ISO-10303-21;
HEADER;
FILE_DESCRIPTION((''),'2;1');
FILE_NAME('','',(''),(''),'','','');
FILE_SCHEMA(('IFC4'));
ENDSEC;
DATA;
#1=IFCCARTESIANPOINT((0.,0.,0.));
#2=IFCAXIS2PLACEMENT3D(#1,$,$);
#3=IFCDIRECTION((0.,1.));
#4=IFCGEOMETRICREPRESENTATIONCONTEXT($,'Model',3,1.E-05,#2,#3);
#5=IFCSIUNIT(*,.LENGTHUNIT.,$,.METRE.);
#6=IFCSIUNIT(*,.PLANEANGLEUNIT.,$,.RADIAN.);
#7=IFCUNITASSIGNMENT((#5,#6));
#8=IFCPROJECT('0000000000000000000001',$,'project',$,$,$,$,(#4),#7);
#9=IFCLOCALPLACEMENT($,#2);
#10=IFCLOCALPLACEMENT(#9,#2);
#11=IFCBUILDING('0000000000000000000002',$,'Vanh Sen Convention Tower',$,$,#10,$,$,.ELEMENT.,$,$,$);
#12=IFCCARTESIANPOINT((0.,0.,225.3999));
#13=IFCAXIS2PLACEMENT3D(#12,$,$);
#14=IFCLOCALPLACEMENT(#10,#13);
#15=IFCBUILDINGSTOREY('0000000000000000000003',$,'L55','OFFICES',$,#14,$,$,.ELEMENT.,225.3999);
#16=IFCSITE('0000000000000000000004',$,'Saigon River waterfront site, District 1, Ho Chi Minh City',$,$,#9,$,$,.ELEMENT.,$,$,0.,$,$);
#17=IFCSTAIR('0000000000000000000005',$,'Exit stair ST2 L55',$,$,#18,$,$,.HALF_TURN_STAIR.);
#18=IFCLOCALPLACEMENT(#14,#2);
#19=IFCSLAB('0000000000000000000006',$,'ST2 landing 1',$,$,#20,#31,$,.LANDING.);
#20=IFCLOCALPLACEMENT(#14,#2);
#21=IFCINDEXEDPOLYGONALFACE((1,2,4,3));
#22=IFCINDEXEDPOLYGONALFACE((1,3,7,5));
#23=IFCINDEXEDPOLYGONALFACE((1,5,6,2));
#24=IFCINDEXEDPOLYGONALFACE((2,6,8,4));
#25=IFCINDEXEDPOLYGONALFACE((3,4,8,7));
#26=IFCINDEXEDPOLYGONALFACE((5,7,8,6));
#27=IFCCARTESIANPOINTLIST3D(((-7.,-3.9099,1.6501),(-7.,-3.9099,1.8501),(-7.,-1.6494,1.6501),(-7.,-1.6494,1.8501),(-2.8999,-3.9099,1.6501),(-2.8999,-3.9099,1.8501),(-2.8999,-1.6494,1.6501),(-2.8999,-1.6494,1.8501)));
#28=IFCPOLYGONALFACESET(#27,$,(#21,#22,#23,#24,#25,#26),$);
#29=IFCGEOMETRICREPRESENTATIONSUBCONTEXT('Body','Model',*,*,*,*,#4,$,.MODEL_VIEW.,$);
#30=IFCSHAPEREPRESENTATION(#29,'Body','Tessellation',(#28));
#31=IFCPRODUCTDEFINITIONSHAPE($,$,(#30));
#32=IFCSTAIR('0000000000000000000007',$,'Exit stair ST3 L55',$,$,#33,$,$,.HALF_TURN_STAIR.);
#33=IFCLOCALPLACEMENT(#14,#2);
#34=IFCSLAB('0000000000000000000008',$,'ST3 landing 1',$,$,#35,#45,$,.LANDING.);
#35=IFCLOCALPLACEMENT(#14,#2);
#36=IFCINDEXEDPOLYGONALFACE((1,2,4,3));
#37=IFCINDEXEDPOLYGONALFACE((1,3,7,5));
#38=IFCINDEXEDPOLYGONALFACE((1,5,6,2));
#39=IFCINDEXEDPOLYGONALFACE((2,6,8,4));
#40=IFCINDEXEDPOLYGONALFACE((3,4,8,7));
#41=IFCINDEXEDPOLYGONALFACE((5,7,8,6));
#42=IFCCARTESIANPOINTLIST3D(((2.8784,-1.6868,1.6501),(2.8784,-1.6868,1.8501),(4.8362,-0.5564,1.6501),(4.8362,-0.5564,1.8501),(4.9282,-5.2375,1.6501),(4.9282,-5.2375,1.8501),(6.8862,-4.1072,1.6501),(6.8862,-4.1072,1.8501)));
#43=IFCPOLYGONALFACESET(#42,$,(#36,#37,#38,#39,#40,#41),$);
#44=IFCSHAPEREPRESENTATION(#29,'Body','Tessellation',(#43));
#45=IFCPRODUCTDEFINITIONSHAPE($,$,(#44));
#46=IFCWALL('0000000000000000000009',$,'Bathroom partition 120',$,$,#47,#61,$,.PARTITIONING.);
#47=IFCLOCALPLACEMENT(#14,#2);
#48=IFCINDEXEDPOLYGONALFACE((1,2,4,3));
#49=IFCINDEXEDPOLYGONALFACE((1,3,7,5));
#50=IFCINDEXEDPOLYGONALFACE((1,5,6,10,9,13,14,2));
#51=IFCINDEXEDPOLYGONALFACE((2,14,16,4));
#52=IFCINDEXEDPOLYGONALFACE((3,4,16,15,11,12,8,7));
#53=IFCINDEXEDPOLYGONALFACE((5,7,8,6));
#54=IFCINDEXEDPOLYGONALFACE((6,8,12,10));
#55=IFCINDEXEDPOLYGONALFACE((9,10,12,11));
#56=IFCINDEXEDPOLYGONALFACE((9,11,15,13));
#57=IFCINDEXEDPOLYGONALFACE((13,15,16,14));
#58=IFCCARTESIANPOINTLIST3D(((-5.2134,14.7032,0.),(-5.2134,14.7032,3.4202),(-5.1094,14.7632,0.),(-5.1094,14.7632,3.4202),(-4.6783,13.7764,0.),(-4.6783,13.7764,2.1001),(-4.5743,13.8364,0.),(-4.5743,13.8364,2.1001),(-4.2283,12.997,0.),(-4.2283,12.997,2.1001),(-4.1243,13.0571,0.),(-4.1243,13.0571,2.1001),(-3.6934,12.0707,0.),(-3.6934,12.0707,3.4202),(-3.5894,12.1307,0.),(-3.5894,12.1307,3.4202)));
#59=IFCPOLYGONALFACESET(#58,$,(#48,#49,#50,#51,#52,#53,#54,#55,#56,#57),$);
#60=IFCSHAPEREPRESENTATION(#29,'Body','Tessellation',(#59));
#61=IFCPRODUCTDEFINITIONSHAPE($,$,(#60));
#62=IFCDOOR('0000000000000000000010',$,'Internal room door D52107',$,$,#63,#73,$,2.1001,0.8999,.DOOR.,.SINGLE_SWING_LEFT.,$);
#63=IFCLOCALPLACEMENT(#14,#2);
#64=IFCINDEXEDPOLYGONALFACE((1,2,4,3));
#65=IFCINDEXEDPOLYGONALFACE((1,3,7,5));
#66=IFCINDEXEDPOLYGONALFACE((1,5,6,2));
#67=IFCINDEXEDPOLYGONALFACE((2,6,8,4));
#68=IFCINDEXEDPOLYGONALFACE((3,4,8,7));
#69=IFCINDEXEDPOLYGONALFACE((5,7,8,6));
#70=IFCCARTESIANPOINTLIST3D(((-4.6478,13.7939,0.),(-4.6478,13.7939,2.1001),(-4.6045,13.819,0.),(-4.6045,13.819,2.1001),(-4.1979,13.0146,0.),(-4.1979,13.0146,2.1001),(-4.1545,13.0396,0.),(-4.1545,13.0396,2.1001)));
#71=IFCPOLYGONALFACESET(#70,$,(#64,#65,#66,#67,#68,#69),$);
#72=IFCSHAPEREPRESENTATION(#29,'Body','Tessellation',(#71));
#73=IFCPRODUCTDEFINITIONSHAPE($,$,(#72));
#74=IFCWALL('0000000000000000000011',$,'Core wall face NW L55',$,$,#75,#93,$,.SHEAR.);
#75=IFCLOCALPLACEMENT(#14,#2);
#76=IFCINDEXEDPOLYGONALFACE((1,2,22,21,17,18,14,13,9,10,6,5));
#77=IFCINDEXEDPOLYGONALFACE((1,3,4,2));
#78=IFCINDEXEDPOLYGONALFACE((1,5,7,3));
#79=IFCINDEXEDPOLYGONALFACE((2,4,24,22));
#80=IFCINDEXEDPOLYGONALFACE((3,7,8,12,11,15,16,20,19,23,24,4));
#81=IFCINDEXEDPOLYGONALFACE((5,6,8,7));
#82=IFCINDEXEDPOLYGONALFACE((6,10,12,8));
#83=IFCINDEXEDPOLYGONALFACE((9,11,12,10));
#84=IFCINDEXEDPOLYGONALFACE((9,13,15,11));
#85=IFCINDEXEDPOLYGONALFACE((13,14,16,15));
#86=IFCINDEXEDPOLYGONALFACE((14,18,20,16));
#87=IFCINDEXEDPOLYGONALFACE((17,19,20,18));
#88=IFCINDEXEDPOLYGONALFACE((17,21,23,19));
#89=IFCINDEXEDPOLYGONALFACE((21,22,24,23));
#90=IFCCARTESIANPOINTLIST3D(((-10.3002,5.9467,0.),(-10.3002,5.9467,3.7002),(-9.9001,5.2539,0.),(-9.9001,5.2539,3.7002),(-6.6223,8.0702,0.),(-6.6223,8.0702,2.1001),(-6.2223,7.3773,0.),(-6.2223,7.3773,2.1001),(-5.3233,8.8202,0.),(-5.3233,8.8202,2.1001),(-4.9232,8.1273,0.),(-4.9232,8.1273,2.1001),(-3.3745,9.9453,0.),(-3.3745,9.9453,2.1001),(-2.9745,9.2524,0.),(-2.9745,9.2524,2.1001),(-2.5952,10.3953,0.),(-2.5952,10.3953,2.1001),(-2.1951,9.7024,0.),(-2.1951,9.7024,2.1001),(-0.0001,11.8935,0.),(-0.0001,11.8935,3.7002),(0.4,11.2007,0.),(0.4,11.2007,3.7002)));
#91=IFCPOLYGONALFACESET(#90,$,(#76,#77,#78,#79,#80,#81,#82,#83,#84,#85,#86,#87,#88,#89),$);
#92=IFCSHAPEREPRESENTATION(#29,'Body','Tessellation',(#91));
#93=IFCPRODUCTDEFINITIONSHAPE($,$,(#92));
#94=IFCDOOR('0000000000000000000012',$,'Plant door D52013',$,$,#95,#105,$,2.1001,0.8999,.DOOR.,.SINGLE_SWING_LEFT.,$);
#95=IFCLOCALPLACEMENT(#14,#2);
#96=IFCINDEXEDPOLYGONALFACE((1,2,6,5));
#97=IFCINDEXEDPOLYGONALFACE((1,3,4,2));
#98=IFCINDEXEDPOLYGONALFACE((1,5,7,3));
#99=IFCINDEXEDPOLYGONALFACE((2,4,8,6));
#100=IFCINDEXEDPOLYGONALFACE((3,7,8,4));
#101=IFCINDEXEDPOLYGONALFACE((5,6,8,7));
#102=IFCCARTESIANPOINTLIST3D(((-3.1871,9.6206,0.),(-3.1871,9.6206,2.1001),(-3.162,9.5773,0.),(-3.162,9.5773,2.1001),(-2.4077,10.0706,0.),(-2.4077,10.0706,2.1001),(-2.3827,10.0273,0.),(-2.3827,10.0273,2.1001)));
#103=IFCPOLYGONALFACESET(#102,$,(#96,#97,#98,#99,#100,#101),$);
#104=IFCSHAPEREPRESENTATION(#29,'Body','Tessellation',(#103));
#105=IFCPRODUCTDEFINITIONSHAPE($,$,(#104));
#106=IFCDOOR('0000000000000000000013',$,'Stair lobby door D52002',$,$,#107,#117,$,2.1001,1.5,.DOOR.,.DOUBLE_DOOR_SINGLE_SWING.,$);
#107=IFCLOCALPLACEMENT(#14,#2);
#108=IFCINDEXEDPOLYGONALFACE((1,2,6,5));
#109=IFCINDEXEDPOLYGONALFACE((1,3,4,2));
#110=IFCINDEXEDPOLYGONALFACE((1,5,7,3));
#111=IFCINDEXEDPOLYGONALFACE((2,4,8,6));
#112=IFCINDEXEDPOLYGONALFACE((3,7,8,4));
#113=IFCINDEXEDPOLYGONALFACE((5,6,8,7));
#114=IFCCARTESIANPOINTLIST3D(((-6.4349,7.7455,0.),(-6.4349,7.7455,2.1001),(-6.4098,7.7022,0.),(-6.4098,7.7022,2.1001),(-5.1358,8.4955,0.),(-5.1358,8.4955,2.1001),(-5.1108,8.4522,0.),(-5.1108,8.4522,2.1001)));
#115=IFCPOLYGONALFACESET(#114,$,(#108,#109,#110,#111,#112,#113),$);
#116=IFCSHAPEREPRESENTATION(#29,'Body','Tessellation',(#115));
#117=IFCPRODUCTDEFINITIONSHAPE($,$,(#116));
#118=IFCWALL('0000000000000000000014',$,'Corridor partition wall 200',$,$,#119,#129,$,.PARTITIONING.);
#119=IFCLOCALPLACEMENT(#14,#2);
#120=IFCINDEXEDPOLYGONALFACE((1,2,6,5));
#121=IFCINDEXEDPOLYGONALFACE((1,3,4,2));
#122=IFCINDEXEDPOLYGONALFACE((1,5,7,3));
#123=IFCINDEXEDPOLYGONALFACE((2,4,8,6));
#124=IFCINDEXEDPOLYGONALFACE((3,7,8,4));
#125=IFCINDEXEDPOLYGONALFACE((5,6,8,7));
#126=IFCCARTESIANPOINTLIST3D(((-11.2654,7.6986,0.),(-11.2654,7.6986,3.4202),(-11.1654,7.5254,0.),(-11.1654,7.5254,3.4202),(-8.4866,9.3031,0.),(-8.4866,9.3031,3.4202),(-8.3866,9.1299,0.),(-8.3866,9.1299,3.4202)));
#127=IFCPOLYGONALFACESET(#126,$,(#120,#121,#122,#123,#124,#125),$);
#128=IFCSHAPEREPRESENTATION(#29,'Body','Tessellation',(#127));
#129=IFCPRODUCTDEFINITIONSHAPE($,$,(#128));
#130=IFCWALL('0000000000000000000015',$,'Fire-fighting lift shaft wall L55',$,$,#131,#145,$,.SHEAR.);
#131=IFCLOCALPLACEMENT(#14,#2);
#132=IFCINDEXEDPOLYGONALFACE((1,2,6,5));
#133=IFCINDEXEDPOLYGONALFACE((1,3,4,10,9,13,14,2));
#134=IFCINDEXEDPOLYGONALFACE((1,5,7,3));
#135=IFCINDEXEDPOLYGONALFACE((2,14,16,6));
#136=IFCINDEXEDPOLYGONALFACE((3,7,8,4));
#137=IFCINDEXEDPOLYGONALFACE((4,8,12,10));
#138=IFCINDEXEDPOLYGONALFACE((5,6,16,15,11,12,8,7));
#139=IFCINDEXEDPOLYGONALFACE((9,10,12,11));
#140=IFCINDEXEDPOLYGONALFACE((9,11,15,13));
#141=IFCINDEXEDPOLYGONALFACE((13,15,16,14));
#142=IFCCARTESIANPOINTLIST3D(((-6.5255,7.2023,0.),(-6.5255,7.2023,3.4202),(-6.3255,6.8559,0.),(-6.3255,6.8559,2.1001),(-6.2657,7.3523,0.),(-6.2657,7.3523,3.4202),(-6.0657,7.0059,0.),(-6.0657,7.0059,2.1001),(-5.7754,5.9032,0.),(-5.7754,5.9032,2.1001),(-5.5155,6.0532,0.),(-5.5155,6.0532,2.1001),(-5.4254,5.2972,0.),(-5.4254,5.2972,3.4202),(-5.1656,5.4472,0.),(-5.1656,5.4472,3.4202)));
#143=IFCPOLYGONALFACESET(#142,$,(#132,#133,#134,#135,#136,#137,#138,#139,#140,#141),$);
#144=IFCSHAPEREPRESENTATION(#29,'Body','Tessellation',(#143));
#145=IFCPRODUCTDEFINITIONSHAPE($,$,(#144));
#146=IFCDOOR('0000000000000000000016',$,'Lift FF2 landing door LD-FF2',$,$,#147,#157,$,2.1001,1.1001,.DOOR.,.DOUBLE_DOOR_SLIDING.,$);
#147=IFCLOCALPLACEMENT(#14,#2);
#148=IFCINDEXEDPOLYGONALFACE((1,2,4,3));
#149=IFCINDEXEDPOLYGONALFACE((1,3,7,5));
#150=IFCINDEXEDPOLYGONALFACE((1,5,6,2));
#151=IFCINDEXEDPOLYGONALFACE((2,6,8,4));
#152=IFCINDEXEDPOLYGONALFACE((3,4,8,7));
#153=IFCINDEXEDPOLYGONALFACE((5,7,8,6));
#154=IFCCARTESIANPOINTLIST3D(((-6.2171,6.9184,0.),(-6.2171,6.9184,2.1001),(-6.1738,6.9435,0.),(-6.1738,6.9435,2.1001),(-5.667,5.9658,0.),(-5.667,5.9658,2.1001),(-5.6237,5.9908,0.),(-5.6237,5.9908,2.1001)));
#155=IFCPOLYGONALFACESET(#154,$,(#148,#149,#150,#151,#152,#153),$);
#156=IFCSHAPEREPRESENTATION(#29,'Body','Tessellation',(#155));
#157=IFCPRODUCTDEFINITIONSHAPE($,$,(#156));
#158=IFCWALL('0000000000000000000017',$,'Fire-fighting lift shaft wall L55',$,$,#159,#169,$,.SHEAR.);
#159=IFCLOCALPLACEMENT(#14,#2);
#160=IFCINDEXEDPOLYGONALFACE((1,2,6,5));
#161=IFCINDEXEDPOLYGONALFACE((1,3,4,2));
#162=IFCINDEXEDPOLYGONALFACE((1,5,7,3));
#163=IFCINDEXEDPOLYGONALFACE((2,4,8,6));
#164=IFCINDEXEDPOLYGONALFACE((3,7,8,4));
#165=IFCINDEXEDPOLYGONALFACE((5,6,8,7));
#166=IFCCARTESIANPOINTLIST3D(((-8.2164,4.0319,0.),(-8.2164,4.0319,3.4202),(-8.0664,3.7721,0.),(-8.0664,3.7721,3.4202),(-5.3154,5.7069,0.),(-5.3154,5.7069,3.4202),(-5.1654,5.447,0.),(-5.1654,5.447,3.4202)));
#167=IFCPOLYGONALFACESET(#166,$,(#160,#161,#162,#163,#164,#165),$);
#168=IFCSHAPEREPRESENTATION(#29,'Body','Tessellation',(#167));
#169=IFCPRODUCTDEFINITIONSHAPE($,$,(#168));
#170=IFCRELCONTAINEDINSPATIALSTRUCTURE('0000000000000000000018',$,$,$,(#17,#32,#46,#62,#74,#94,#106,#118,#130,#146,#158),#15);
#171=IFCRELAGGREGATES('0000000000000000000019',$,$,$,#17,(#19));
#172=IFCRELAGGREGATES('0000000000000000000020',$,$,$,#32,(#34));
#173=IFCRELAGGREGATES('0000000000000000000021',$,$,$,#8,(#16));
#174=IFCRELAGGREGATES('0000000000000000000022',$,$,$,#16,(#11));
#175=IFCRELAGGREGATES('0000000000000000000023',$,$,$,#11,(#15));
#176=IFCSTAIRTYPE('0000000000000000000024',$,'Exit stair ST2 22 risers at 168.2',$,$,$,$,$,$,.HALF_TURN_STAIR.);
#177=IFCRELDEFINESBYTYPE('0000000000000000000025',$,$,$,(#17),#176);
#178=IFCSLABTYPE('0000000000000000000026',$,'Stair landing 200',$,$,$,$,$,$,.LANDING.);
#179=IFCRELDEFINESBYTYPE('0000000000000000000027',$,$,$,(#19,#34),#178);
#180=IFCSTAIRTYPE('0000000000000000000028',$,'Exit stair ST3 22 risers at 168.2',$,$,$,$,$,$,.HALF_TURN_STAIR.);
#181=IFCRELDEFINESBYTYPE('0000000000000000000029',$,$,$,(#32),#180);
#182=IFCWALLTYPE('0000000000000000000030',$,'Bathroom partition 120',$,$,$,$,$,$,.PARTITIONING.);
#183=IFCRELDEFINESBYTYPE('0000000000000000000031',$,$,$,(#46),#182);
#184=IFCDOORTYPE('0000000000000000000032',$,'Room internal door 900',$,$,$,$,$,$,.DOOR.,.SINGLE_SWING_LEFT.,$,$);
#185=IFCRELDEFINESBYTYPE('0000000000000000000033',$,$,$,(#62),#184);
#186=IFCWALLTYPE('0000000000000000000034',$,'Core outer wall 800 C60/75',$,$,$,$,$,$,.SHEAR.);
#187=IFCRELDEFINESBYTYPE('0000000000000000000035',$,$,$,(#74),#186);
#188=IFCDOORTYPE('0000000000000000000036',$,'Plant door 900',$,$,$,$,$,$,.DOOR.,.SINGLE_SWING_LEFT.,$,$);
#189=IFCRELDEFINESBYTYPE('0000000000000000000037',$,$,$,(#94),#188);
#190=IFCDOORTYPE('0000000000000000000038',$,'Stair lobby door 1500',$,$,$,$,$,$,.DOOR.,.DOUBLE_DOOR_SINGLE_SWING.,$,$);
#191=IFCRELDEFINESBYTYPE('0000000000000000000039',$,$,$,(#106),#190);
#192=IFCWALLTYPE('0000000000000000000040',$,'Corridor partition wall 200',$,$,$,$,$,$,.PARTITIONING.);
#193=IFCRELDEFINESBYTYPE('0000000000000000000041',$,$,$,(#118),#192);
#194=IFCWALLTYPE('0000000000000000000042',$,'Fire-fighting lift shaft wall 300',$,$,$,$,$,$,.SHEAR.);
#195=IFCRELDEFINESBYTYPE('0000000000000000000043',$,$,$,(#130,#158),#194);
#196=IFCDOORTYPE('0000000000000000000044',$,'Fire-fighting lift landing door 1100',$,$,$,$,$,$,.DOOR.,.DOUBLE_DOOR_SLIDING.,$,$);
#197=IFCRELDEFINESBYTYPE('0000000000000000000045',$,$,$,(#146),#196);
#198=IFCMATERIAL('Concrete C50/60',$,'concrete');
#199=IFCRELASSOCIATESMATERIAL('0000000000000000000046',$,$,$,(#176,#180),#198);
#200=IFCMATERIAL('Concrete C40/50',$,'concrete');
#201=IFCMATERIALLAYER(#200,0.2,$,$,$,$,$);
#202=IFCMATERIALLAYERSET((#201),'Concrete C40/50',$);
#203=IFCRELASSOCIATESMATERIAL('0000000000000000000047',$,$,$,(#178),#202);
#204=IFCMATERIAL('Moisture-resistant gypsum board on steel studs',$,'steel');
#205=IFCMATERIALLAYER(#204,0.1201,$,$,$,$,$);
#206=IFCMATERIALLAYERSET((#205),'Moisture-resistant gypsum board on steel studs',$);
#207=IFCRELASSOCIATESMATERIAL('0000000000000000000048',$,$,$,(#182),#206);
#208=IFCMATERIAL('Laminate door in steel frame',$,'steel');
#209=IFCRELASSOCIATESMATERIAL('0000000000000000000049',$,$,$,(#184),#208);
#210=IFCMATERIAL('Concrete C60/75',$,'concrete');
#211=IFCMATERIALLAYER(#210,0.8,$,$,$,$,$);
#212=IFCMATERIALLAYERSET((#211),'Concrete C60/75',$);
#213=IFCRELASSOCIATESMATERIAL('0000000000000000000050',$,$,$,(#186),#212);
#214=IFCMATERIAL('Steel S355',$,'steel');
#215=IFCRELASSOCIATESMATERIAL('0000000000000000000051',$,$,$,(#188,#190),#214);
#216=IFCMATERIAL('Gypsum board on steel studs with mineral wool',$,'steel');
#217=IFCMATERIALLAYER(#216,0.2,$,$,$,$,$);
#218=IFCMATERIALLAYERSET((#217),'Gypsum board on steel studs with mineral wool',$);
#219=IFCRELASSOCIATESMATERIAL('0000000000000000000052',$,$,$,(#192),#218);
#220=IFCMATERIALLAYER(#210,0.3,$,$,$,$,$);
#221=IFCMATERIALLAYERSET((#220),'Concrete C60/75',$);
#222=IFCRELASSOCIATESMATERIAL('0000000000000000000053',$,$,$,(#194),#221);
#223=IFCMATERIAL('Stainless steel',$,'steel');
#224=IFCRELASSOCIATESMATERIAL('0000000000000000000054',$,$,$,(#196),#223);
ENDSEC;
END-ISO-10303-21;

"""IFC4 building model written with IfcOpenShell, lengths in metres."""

from ifc_helpers import new_model, si_unit, direction, frame, frame_2d, origin, place, context, subcontext, project, spatial, polyline, rectangle, outline, extrude, material, layer, layer_set, type_object, element, fill, aggregate, save


model = new_model("IFC4")

# Units and contexts
model_context = context("Model", 3, precision=1e-05, world=origin(), true_north=direction((0.0, 1.0)))
body_context = subcontext(model_context, "Body", "Model", "MODEL_VIEW")
ifc_project = project(units=[si_unit("LENGTHUNIT", "METRE"), si_unit("PLANEANGLEUNIT", "RADIAN")], contexts=[model_context])

# Site, building, storey
site_placement = place(None, origin())
site = spatial("IfcSite", under=ifc_project, at=site_placement, Name="Saigon River waterfront site, District 1, Ho Chi Minh City", CompositionType="ELEMENT", RefElevation=0.0)
building_placement = place(site_placement, origin())
building = spatial("IfcBuilding", under=site, at=building_placement, Name="Vanh Sen Convention Tower", CompositionType="ELEMENT")
storey_placement = place(building_placement, frame((0.0, 0.0, 225.3999)))
storey = spatial("IfcBuildingStorey", under=building, at=storey_placement, Name="L55", Description="OFFICES", CompositionType="ELEMENT", Elevation=225.3999)

# Stairs, slabs
ifc_material_1 = material(Name="Concrete C50/60", Category="concrete")
stair_type_1 = type_object("IfcStairType", Name="Exit stair ST2 22 risers at 168.2", PredefinedType="HALF_TURN_STAIR", material=ifc_material_1)
stair_1_placement = place(storey_placement, origin())
stair_1 = element("IfcStair", 1, at=stair_1_placement, inside=storey, type_object=stair_type_1, Name="Exit stair ST2 L55", PredefinedType="HALF_TURN_STAIR")
ifc_material_2 = material(Name="Concrete C40/50", Category="concrete")
ifc_layer_1 = layer(ifc_material_2, 0.2)
ifc_layer_set_1 = layer_set([ifc_layer_1], Name="Concrete C40/50")
slab_type = type_object("IfcSlabType", Name="Stair landing 200", PredefinedType="LANDING", material=ifc_layer_set_1)
slab_1_placement = place(storey_placement, frame((0.0, 0.0, 1.6501)))
slab_1 = element("IfcSlab", 2, at=slab_1_placement, type_object=slab_type, Name="ST2 landing 1", PredefinedType="LANDING", context=body_context, shape_type="SweptSolid", body=[
    extrude(outline(polyline([(-7.0, -1.6494), (-7.0, -3.9099), (-2.8999, -3.9099), (-2.8999, -1.6494), (-7.0, -1.6494)])), origin(), (0.0, 0.0, 1.0), 0.2),
])
aggregate(stair_1, [slab_1])
stair_type_2 = type_object("IfcStairType", Name="Exit stair ST3 22 risers at 168.2", PredefinedType="HALF_TURN_STAIR", material=ifc_material_1)
stair_2_placement = place(storey_placement, origin())
stair_2 = element("IfcStair", 3, at=stair_2_placement, inside=storey, type_object=stair_type_2, Name="Exit stair ST3 L55", PredefinedType="HALF_TURN_STAIR")
slab_2_placement = place(storey_placement, frame((0.0, 0.0, 1.6501)))
slab_2 = element("IfcSlab", 4, at=slab_2_placement, type_object=slab_type, Name="ST3 landing 1", PredefinedType="LANDING", context=body_context, shape_type="SweptSolid", body=[
    extrude(outline(polyline([(4.9282, -5.2375), (6.8862, -4.1072), (4.8362, -0.5564), (2.8784, -1.6868), (4.9282, -5.2375)])), origin(), (0.0, 0.0, 1.0), 0.2),
])
aggregate(stair_2, [slab_2])

# Wall, opening, door
ifc_material_3 = material(Name="Moisture-resistant gypsum board on steel studs", Category="steel")
ifc_layer_2 = layer(ifc_material_3, 0.1201)
ifc_layer_set_2 = layer_set([ifc_layer_2], Name="Moisture-resistant gypsum board on steel studs")
wall_type_1 = type_object("IfcWallType", Name="Bathroom partition 120", PredefinedType="PARTITIONING", material=ifc_layer_set_2)
wall_1_placement = place(storey_placement, frame((-3.6414, 12.1006, 0.0), z_axis=(0.0, 0.0, 1.0), x_axis=(-0.500026, 0.86601, 0.0)))
wall_1 = element("IfcWall", 5, at=wall_1_placement, inside=storey, type_object=wall_type_1, Name="Bathroom partition 120", PredefinedType="PARTITIONING", context=body_context, shape_type="SweptSolid", body=[
    extrude(rectangle(XDim=3.0398, YDim=0.1201, at=frame_2d((1.52, 0.0))), origin(), (0.0, 0.0, 1.0), 3.4202),
])
opening_1_placement = place(wall_1_placement, frame((1.0698, 0.0, 0.0)))
opening_1 = element("IfcOpeningElement", 6, at=opening_1_placement, cuts=wall_1, PredefinedType="OPENING", context=body_context, shape_type="SweptSolid", body=[
    extrude(rectangle(XDim=0.8999, YDim=2.1001, at=frame_2d((0.45, 1.05))), frame((0.0, 0.0701, 0.0), z_axis=(0.0, -1.0, 0.0), x_axis=(1.0, 0.0, 0.0)), (0.0, 0.0, 1.0), 0.1401),
])
ifc_material_4 = material(Name="Laminate door in steel frame", Category="steel")
door_type_1 = type_object("IfcDoorType", Name="Room internal door 900", OperationType="SINGLE_SWING_LEFT", PredefinedType="DOOR", material=ifc_material_4)
door_1_placement = place(opening_1_placement, origin())
door_1 = element("IfcDoor", 7, at=door_1_placement, inside=storey, type_object=door_type_1, Name="Internal room door D52107", OperationType="SINGLE_SWING_LEFT", OverallHeight=2.1001, OverallWidth=0.8999, PredefinedType="DOOR", context=body_context, shape_type="SweptSolid", body=[
    extrude(rectangle(XDim=0.8999, YDim=2.1001, at=frame_2d((0.45, 1.05))), frame((0.0, 0.0249, 0.0), z_axis=(0.0, -1.0, 0.0), x_axis=(1.0, 0.0, 0.0)), (0.0, 0.0, 1.0), 0.05),
])
fill(opening_1, door_1)

# Wall, openings, doors
ifc_material_5 = material(Name="Concrete C60/75", Category="concrete")
ifc_layer_3 = layer(ifc_material_5, 0.8)
ifc_layer_set_3 = layer_set([ifc_layer_3], Name="Concrete C60/75")
wall_type_2 = type_object("IfcWallType", Name="Core outer wall 800 C60/75", PredefinedType="SHEAR", material=ifc_layer_set_3)
wall_2_placement = place(storey_placement, frame((0.2, 11.5471, 0.0), z_axis=(0.0, 0.0, 1.0), x_axis=(-0.866024, -0.500003, 0.0)))
wall_2 = element("IfcWall", 8, at=wall_2_placement, inside=storey, type_object=wall_type_2, Name="Core wall face NW L55", PredefinedType="SHEAR", context=body_context, shape_type="SweptSolid", body=[
    extrude(rectangle(XDim=11.8936, YDim=0.8, at=frame_2d((5.9468, 0.0))), origin(), (0.0, 0.0, 1.0), 3.7002),
])
opening_2_placement = place(wall_2_placement, frame((6.1467, 0.0, 0.0)))
opening_2 = element("IfcOpeningElement", 9, at=opening_2_placement, cuts=wall_2, PredefinedType="OPENING", context=body_context, shape_type="SweptSolid", body=[
    extrude(rectangle(XDim=1.5, YDim=2.1001, at=frame_2d((0.75, 1.05))), frame((0.0, 0.4099, 0.0), z_axis=(0.0, -1.0, 0.0), x_axis=(1.0, 0.0, 0.0)), (0.0, 0.0, 1.0), 0.8201),
])
opening_3_placement = place(wall_2_placement, frame((2.9966, 0.0, 0.0)))
opening_3 = element("IfcOpeningElement", 10, at=opening_3_placement, cuts=wall_2, PredefinedType="OPENING", context=body_context, shape_type="SweptSolid", body=[
    extrude(rectangle(XDim=0.8999, YDim=2.1001, at=frame_2d((0.45, 1.05))), frame((0.0, 0.4099, 0.0), z_axis=(0.0, -1.0, 0.0), x_axis=(1.0, 0.0, 0.0)), (0.0, 0.0, 1.0), 0.8201),
])
ifc_material_6 = material(Name="Steel S355", Category="steel")
door_type_2 = type_object("IfcDoorType", Name="Plant door 900", OperationType="SINGLE_SWING_LEFT", PredefinedType="DOOR", material=ifc_material_6)
door_2_placement = place(opening_3_placement, origin())
door_2 = element("IfcDoor", 11, at=door_2_placement, inside=storey, type_object=door_type_2, Name="Plant door D52013", OperationType="SINGLE_SWING_LEFT", OverallHeight=2.1001, OverallWidth=0.8999, PredefinedType="DOOR", context=body_context, shape_type="SweptSolid", body=[
    extrude(rectangle(XDim=0.8999, YDim=2.1001, at=frame_2d((0.45, 1.05))), frame((0.0, 0.0249, 0.0), z_axis=(0.0, -1.0, 0.0), x_axis=(1.0, 0.0, 0.0)), (0.0, 0.0, 1.0), 0.05),
])
fill(opening_3, door_2)
door_type_3 = type_object("IfcDoorType", Name="Stair lobby door 1500", OperationType="DOUBLE_DOOR_SINGLE_SWING", PredefinedType="DOOR", material=ifc_material_6)
door_3_placement = place(opening_2_placement, origin())
door_3 = element("IfcDoor", 12, at=door_3_placement, inside=storey, type_object=door_type_3, Name="Stair lobby door D52002", OperationType="DOUBLE_DOOR_SINGLE_SWING", OverallHeight=2.1001, OverallWidth=1.5, PredefinedType="DOOR", context=body_context, shape_type="SweptSolid", body=[
    extrude(rectangle(XDim=1.5, YDim=2.1001, at=frame_2d((0.75, 1.05))), frame((0.0, 0.0249, 0.0), z_axis=(0.0, -1.0, 0.0), x_axis=(1.0, 0.0, 0.0)), (0.0, 0.0, 1.0), 0.05),
])
fill(opening_2, door_3)

# Wall
ifc_material_7 = material(Name="Gypsum board on steel studs with mineral wool", Category="steel")
ifc_layer_4 = layer(ifc_material_7, 0.2)
ifc_layer_set_4 = layer_set([ifc_layer_4], Name="Gypsum board on steel studs with mineral wool")
wall_type_3 = type_object("IfcWallType", Name="Corridor partition wall 200", PredefinedType="PARTITIONING", material=ifc_layer_set_4)
wall_3_placement = place(storey_placement, frame((-8.4365, 9.2166, 0.0), z_axis=(0.0, 0.0, 1.0), x_axis=(-0.866006, -0.500034, 0.0)))
element("IfcWall", 13, at=wall_3_placement, inside=storey, type_object=wall_type_3, Name="Corridor partition wall 200", PredefinedType="PARTITIONING", context=body_context, shape_type="SweptSolid", body=[
    extrude(rectangle(XDim=3.2087, YDim=0.2, at=frame_2d((1.6045, 0.0))), origin(), (0.0, 0.0, 1.0), 3.4202),
])

# Wall, opening, door
ifc_layer_5 = layer(ifc_material_5, 0.3)
ifc_layer_set_5 = layer_set([ifc_layer_5], Name="Concrete C60/75")
wall_type_4 = type_object("IfcWallType", Name="Fire-fighting lift shaft wall 300", PredefinedType="SHEAR", material=ifc_layer_set_5)
wall_4_placement = place(storey_placement, frame((-5.2954, 5.3721, 0.0), z_axis=(0.0, 0.0, 1.0), x_axis=(-0.500078, 0.86598, 0.0)))
wall_4 = element("IfcWall", 14, at=wall_4_placement, inside=storey, type_object=wall_type_4, Name="Fire-fighting lift shaft wall L55", PredefinedType="SHEAR", context=body_context, shape_type="SweptSolid", body=[
    extrude(rectangle(XDim=2.2, YDim=0.3, at=frame_2d((1.1001, 0.0))), origin(), (0.0, 0.0, 1.0), 3.4202),
])
opening_4_placement = place(wall_4_placement, frame((0.7, 0.0, 0.0)))
opening_4 = element("IfcOpeningElement", 15, at=opening_4_placement, cuts=wall_4, PredefinedType="OPENING", context=body_context, shape_type="SweptSolid", body=[
    extrude(rectangle(XDim=1.1001, YDim=2.1001, at=frame_2d((0.55, 1.05))), frame((0.0, 0.1599, 0.0), z_axis=(0.0, -1.0, 0.0), x_axis=(1.0, 0.0, 0.0)), (0.0, 0.0, 1.0), 0.3201),
])
ifc_material_8 = material(Name="Stainless steel", Category="steel")
door_type_4 = type_object("IfcDoorType", Name="Fire-fighting lift landing door 1100", OperationType="DOUBLE_DOOR_SLIDING", PredefinedType="DOOR", material=ifc_material_8)
door_4_placement = place(opening_4_placement, origin())
door_4 = element("IfcDoor", 16, at=door_4_placement, inside=storey, type_object=door_type_4, Name="Lift FF2 landing door LD-FF2", OperationType="DOUBLE_DOOR_SLIDING", OverallHeight=2.1001, OverallWidth=1.1001, PredefinedType="DOOR", context=body_context, shape_type="SweptSolid", body=[
    extrude(rectangle(XDim=1.1001, YDim=2.1001, at=frame_2d((0.55, 1.05))), frame((0.0, 0.0249, 0.0), z_axis=(0.0, -1.0, 0.0), x_axis=(1.0, 0.0, 0.0)), (0.0, 0.0, 1.0), 0.05),
])
fill(opening_4, door_4)

# Wall
wall_5_placement = place(storey_placement, frame((-5.2405, 5.5769, 0.0), z_axis=(0.0, 0.0, 1.0), x_axis=(-0.866014, -0.500019, 0.0)))
element("IfcWall", 17, at=wall_5_placement, inside=storey, type_object=wall_type_4, Name="Fire-fighting lift shaft wall L55", PredefinedType="SHEAR", context=body_context, shape_type="SweptSolid", body=[
    extrude(rectangle(XDim=3.3499, YDim=0.3, at=frame_2d((1.6748, 0.0))), origin(), (0.0, 0.0, 1.0), 3.4202),
])

save(model, "model.ifc")
